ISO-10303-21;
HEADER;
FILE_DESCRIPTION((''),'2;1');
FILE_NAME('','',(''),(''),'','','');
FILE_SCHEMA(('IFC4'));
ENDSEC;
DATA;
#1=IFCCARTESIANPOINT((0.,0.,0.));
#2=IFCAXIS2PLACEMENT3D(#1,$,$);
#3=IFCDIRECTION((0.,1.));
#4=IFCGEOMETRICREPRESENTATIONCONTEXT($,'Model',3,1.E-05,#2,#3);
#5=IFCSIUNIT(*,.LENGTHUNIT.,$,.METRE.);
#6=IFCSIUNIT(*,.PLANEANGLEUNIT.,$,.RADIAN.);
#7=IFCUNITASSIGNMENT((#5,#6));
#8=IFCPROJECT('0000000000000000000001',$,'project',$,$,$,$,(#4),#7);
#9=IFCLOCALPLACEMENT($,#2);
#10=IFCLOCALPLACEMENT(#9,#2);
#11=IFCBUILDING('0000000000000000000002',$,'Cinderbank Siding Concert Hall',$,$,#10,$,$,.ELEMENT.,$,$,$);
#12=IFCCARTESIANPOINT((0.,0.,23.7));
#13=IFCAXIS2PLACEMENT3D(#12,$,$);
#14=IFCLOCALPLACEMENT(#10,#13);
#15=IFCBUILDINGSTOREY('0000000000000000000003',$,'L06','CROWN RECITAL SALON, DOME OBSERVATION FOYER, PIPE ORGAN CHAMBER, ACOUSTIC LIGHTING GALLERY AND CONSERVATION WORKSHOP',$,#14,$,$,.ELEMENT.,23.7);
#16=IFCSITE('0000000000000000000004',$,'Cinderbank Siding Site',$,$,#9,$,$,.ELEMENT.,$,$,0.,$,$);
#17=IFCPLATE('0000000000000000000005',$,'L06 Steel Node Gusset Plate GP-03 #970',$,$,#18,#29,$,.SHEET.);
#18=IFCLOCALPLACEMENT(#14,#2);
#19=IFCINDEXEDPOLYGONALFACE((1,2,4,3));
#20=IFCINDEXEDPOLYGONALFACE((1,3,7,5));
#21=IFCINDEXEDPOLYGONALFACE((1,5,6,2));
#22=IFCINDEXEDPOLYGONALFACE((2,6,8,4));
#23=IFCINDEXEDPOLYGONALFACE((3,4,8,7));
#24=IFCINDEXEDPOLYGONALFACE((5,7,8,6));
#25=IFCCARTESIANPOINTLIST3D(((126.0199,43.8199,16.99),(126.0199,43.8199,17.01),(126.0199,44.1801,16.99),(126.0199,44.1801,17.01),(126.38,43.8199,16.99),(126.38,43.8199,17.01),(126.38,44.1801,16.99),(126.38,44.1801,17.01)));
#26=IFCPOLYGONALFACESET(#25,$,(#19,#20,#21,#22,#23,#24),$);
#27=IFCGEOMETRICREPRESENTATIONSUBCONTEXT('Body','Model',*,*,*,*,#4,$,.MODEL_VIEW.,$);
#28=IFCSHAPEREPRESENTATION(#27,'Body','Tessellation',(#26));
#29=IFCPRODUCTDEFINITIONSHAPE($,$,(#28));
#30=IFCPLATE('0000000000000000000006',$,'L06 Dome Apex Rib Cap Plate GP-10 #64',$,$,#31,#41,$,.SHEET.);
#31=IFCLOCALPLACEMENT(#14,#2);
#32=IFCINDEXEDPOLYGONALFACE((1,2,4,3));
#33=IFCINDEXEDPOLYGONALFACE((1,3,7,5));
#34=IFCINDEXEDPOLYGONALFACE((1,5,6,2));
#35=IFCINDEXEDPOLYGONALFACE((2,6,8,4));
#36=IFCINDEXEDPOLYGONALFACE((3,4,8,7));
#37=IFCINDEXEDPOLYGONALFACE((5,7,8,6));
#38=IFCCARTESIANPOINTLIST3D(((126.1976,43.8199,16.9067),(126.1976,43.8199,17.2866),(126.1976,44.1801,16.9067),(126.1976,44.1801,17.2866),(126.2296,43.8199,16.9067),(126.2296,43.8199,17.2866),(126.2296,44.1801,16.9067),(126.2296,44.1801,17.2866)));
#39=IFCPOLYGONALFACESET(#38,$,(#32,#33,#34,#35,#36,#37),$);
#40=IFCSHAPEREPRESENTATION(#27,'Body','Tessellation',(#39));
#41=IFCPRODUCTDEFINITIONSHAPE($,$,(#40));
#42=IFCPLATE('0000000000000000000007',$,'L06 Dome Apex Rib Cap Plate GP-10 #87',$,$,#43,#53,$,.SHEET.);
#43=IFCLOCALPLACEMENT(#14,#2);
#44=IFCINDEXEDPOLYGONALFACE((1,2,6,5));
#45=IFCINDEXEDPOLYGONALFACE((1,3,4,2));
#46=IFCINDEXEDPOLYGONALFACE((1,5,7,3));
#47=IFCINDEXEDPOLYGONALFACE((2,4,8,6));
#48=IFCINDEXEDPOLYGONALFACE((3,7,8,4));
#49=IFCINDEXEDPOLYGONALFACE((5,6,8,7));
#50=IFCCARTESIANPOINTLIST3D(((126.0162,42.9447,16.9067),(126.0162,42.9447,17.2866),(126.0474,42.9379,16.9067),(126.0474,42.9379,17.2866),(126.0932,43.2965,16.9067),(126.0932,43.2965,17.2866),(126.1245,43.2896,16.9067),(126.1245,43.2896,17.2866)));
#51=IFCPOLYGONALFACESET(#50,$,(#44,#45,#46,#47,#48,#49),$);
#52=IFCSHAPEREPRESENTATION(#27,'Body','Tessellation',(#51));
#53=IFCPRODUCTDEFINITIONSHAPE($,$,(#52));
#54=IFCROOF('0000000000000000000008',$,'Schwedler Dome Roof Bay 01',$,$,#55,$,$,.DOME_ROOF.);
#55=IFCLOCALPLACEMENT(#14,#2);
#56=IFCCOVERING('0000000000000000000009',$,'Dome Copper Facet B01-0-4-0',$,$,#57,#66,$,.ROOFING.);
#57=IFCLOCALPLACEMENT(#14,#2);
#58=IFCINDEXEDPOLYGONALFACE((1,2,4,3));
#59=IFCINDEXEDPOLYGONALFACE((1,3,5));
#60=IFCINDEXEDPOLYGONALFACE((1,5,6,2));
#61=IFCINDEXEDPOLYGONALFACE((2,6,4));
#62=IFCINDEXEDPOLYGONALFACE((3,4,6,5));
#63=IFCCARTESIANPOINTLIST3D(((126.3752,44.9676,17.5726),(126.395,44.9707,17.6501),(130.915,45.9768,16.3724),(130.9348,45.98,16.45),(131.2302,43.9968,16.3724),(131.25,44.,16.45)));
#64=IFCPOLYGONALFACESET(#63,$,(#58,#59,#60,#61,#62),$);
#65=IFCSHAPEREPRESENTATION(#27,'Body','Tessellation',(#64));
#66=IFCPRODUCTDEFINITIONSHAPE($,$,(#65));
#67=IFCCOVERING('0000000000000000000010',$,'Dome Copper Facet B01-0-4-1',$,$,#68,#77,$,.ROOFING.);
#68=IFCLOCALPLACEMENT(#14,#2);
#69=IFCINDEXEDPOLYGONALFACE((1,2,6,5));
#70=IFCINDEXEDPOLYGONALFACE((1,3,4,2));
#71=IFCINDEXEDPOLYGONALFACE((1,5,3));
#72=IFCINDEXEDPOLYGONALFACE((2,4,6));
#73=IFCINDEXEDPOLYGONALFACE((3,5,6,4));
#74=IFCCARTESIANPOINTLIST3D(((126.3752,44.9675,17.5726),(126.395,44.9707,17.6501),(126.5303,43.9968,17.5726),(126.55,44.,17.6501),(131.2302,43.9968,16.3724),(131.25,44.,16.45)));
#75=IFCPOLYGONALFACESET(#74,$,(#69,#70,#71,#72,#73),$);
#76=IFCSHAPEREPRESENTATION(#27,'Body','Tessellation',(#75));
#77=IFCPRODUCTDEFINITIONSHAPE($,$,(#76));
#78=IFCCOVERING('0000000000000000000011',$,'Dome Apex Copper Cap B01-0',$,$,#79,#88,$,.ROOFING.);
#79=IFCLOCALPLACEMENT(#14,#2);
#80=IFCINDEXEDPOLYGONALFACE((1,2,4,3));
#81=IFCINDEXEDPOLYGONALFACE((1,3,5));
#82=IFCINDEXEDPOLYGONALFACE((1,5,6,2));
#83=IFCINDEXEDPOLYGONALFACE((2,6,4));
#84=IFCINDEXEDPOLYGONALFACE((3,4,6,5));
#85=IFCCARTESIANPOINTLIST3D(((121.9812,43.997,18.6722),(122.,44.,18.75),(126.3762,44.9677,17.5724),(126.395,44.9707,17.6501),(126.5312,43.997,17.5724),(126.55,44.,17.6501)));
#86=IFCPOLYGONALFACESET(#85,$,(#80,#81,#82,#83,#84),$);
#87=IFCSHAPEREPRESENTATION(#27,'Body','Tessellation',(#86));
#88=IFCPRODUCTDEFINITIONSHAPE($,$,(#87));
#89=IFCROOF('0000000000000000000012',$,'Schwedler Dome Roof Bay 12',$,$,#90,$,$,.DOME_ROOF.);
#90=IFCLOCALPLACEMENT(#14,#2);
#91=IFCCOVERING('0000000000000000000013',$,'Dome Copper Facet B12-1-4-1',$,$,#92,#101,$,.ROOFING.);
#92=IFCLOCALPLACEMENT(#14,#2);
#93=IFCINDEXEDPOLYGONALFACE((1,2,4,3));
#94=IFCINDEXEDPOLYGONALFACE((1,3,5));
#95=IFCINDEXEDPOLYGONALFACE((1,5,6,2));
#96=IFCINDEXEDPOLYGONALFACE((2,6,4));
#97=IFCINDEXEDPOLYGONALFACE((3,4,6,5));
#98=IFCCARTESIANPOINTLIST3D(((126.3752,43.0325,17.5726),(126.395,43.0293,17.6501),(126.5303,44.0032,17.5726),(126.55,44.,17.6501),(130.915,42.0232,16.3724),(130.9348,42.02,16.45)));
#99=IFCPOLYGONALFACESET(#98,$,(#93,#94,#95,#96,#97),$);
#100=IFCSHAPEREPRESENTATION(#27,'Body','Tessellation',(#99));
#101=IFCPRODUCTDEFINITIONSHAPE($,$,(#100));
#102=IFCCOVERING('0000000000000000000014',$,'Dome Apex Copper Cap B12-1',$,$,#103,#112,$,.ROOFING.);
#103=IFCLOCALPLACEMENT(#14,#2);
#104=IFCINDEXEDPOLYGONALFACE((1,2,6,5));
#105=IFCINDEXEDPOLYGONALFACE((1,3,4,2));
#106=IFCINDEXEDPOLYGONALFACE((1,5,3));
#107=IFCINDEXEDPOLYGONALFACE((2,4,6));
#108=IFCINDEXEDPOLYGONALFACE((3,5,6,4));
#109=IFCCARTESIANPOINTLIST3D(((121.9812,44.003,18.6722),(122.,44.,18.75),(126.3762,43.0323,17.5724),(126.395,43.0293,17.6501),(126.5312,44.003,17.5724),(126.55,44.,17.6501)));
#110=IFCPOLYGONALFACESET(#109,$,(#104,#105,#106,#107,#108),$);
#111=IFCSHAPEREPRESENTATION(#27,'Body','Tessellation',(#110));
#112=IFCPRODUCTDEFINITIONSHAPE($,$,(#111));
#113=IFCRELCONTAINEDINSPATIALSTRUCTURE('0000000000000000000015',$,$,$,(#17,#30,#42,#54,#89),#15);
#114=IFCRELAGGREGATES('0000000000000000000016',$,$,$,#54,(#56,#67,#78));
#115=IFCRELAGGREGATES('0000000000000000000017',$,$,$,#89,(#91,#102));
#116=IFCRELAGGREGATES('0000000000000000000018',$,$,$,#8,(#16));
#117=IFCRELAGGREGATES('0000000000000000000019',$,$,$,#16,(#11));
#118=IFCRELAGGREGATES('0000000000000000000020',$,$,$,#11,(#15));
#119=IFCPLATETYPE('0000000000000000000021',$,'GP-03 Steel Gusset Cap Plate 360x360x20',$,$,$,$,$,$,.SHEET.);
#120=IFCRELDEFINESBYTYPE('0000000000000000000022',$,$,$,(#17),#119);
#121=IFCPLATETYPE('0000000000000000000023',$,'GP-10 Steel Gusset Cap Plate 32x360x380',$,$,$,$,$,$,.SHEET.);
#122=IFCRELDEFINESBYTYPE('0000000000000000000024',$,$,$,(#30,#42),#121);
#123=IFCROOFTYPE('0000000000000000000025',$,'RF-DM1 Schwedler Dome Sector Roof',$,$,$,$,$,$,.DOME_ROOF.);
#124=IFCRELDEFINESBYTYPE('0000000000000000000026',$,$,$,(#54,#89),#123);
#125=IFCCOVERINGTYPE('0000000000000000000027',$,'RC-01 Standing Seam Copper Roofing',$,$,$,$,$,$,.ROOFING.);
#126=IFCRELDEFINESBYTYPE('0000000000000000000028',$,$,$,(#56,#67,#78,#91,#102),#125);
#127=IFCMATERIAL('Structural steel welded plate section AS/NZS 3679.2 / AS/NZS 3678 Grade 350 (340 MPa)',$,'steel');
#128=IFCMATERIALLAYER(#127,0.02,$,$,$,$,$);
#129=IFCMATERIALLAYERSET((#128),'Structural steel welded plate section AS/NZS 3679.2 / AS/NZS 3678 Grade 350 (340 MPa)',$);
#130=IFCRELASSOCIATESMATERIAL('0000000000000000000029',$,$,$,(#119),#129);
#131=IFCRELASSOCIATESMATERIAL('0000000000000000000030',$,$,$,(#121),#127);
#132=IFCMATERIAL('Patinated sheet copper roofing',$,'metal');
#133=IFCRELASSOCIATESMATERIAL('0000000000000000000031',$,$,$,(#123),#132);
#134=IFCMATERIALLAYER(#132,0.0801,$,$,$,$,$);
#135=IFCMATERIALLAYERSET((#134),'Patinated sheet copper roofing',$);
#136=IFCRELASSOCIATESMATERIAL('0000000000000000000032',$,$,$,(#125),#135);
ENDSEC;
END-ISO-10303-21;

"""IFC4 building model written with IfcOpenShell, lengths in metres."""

from ifc_helpers import new_model, si_unit, direction, frame, origin, origin_2d, place, context, subcontext, project, spatial, polyline, rectangle, outline, extrude, material, layer, layer_set, type_object, element, aggregate, save


model = new_model("IFC4")

# Units and contexts
model_context = context("Model", 3, precision=1e-05, world=origin(), true_north=direction((0.0, 1.0)))
body_context = subcontext(model_context, "Body", "Model", "MODEL_VIEW")
ifc_project = project(units=[si_unit("LENGTHUNIT", "METRE"), si_unit("PLANEANGLEUNIT", "RADIAN")], contexts=[model_context])

# Site, building, storey
site_placement = place(None, origin())
site = spatial("IfcSite", under=ifc_project, at=site_placement, Name="Cinderbank Siding Site", CompositionType="ELEMENT", RefElevation=0.0)
building_placement = place(site_placement, origin())
building = spatial("IfcBuilding", under=site, at=building_placement, Name="Cinderbank Siding Concert Hall", CompositionType="ELEMENT")
storey_placement = place(building_placement, frame((0.0, 0.0, 23.7)))
storey = spatial("IfcBuildingStorey", under=building, at=storey_placement, Name="L06", Description="CROWN RECITAL SALON, DOME OBSERVATION FOYER, PIPE ORGAN CHAMBER, ACOUSTIC LIGHTING GALLERY AND CONSERVATION WORKSHOP", CompositionType="ELEMENT", Elevation=23.7)

# Plates
ifc_material_1 = material(Name="Structural steel welded plate section AS/NZS 3679.2 / AS/NZS 3678 Grade 350 (340 MPa)", Category="steel")
ifc_layer_1 = layer(ifc_material_1, 0.02)
ifc_layer_set_1 = layer_set([ifc_layer_1], Name="Structural steel welded plate section AS/NZS 3679.2 / AS/NZS 3678 Grade 350 (340 MPa)")
plate_type_1 = type_object("IfcPlateType", Name="GP-03 Steel Gusset Cap Plate 360x360x20", PredefinedType="SHEET", material=ifc_layer_set_1)
for number, where, z_axis, x_axis, name in (
    (1, (126.2, 44.0, 16.99), (0.0, 0.0, 1.0), (-1.0, 0.0, 0.0), "L06 Steel Node Gusset Plate GP-03 #970"),
):
    element("IfcPlate", number, at=place(storey_placement, frame(where, z_axis=z_axis, x_axis=x_axis)), inside=storey, type_object=plate_type_1, Name=name, PredefinedType="SHEET", context=body_context, shape_type="SweptSolid", body=[
        extrude(rectangle(XDim=0.3601, YDim=0.3601, at=origin_2d()), origin(), (0.0, 0.0, 1.0), 0.02),
    ])
plate_type_2 = type_object("IfcPlateType", Name="GP-10 Steel Gusset Cap Plate 32x360x380", PredefinedType="SHEET", material=ifc_material_1)
for number, where, z_axis, x_axis, name in (
    (2, (126.2136, 44.0, 16.9067), (0.0, 0.0, 1.0), (-1.0, 0.0, 0.0), "L06 Dome Apex Rib Cap Plate GP-10 #64"),
    (3, (126.0703, 43.1172, 16.9067), (0.0, 0.0, 1.0), (-0.976822, 0.214053, 0.0), "L06 Dome Apex Rib Cap Plate GP-10 #87"),
):
    element("IfcPlate", number, at=place(storey_placement, frame(where, z_axis=z_axis, x_axis=x_axis)), inside=storey, type_object=plate_type_2, Name=name, PredefinedType="SHEET", context=body_context, shape_type="SweptSolid", body=[
        extrude(rectangle(XDim=0.032, YDim=0.3601, at=origin_2d()), origin(), (0.0, 0.0, 1.0), 0.3799),
    ])

# Roofs, coverings
ifc_material_2 = material(Name="Patinated sheet copper roofing", Category="metal")
roof_type = type_object("IfcRoofType", Name="RF-DM1 Schwedler Dome Sector Roof", PredefinedType="DOME_ROOF", material=ifc_material_2)
roof_1_placement = place(storey_placement, origin())
roof_1 = element("IfcRoof", 4, at=roof_1_placement, inside=storey, type_object=roof_type, Name="Schwedler Dome Roof Bay 01", PredefinedType="DOME_ROOF")
ifc_layer_2 = layer(ifc_material_2, 0.0801)
ifc_layer_set_2 = layer_set([ifc_layer_2], Name="Patinated sheet copper roofing")
covering_type = type_object("IfcCoveringType", Name="RC-01 Standing Seam Copper Roofing", PredefinedType="ROOFING", material=ifc_layer_set_2)
covering_1_placement = place(storey_placement, frame((131.25, 44.0, 16.45), z_axis=(0.247207, 0.039352, 0.968163), x_axis=(-0.157207, 0.987566, 0.0)))
covering_1 = element("IfcCovering", 5, at=covering_1_placement, type_object=covering_type, Name="Dome Copper Facet B01-0-4-0", PredefinedType="ROOFING", context=body_context, shape_type="SweptSolid", body=[
    extrude(outline(polyline([(0.0, 0.0), (2.0049, 0.0), (1.7219, 4.7947), (0.0, 0.0)])), origin(), (0.0, 0.0, -1.0), 0.0801),
])
covering_2_placement = place(storey_placement, frame((131.25, 44.0, 16.45), z_axis=(0.247231, 0.039485, 0.968152), x_axis=(-0.952991, 0.190541, 0.235588)))
covering_2 = element("IfcCovering", 6, at=covering_2_placement, type_object=covering_type, Name="Dome Copper Facet B01-0-4-1", PredefinedType="ROOFING", context=body_context, shape_type="SweptSolid", body=[
    extrude(outline(polyline([(0.0, 0.0), (5.0945, 0.0), (4.7618, 0.925), (0.0, 0.0)])), origin(), (0.0, 0.0, -1.0), 0.0801),
])
covering_3_placement = place(storey_placement, frame((126.55, 44.0, 17.6501), z_axis=(0.234791, 0.037498, 0.971322), x_axis=(-0.15771, 0.987486, 0.0)))
covering_3 = element("IfcCovering", 7, at=covering_3_placement, type_object=covering_type, Name="Dome Apex Copper Cap B01-0", PredefinedType="ROOFING", context=body_context, shape_type="SweptSolid", body=[
    extrude(outline(polyline([(0.0, 0.0), (0.983, 0.0), (0.7176, 4.6258), (0.0, 0.0)])), origin(), (0.0, 0.0, -1.0), 0.0801),
])
aggregate(roof_1, [covering_1, covering_2, covering_3])
roof_2_placement = place(storey_placement, origin())
roof_2 = element("IfcRoof", 8, at=roof_2_placement, inside=storey, type_object=roof_type, Name="Schwedler Dome Roof Bay 12", PredefinedType="DOME_ROOF")
covering_4_placement = place(storey_placement, frame((130.9348, 42.02, 16.45), z_axis=(0.24718, -0.039477, 0.968165), x_axis=(-0.884288, 0.399308, 0.242047)))
covering_4 = element("IfcCovering", 9, at=covering_4_placement, type_object=covering_type, Name="Dome Copper Facet B12-1-4-1", PredefinedType="ROOFING", context=body_context, shape_type="SweptSolid", body=[
    extrude(outline(polyline([(0.0, 0.0), (4.9585, 0.0), (4.708, 0.9505), (0.0, 0.0)])), origin(), (0.0, 0.0, -1.0), 0.0801),
])
covering_5_placement = place(storey_placement, frame((126.395, 43.0293, 17.6501), z_axis=(0.234791, -0.037498, 0.971322), x_axis=(0.15771, 0.987486, 0.0)))
covering_5 = element("IfcCovering", 10, at=covering_5_placement, type_object=covering_type, Name="Dome Apex Copper Cap B12-1", PredefinedType="ROOFING", context=body_context, shape_type="SweptSolid", body=[
    extrude(outline(polyline([(0.0, 0.0), (0.983, 0.0), (0.2654, 4.6258), (0.0, 0.0)])), origin(), (0.0, 0.0, -1.0), 0.0801),
])
aggregate(roof_2, [covering_4, covering_5])

save(model, "model.ifc")
